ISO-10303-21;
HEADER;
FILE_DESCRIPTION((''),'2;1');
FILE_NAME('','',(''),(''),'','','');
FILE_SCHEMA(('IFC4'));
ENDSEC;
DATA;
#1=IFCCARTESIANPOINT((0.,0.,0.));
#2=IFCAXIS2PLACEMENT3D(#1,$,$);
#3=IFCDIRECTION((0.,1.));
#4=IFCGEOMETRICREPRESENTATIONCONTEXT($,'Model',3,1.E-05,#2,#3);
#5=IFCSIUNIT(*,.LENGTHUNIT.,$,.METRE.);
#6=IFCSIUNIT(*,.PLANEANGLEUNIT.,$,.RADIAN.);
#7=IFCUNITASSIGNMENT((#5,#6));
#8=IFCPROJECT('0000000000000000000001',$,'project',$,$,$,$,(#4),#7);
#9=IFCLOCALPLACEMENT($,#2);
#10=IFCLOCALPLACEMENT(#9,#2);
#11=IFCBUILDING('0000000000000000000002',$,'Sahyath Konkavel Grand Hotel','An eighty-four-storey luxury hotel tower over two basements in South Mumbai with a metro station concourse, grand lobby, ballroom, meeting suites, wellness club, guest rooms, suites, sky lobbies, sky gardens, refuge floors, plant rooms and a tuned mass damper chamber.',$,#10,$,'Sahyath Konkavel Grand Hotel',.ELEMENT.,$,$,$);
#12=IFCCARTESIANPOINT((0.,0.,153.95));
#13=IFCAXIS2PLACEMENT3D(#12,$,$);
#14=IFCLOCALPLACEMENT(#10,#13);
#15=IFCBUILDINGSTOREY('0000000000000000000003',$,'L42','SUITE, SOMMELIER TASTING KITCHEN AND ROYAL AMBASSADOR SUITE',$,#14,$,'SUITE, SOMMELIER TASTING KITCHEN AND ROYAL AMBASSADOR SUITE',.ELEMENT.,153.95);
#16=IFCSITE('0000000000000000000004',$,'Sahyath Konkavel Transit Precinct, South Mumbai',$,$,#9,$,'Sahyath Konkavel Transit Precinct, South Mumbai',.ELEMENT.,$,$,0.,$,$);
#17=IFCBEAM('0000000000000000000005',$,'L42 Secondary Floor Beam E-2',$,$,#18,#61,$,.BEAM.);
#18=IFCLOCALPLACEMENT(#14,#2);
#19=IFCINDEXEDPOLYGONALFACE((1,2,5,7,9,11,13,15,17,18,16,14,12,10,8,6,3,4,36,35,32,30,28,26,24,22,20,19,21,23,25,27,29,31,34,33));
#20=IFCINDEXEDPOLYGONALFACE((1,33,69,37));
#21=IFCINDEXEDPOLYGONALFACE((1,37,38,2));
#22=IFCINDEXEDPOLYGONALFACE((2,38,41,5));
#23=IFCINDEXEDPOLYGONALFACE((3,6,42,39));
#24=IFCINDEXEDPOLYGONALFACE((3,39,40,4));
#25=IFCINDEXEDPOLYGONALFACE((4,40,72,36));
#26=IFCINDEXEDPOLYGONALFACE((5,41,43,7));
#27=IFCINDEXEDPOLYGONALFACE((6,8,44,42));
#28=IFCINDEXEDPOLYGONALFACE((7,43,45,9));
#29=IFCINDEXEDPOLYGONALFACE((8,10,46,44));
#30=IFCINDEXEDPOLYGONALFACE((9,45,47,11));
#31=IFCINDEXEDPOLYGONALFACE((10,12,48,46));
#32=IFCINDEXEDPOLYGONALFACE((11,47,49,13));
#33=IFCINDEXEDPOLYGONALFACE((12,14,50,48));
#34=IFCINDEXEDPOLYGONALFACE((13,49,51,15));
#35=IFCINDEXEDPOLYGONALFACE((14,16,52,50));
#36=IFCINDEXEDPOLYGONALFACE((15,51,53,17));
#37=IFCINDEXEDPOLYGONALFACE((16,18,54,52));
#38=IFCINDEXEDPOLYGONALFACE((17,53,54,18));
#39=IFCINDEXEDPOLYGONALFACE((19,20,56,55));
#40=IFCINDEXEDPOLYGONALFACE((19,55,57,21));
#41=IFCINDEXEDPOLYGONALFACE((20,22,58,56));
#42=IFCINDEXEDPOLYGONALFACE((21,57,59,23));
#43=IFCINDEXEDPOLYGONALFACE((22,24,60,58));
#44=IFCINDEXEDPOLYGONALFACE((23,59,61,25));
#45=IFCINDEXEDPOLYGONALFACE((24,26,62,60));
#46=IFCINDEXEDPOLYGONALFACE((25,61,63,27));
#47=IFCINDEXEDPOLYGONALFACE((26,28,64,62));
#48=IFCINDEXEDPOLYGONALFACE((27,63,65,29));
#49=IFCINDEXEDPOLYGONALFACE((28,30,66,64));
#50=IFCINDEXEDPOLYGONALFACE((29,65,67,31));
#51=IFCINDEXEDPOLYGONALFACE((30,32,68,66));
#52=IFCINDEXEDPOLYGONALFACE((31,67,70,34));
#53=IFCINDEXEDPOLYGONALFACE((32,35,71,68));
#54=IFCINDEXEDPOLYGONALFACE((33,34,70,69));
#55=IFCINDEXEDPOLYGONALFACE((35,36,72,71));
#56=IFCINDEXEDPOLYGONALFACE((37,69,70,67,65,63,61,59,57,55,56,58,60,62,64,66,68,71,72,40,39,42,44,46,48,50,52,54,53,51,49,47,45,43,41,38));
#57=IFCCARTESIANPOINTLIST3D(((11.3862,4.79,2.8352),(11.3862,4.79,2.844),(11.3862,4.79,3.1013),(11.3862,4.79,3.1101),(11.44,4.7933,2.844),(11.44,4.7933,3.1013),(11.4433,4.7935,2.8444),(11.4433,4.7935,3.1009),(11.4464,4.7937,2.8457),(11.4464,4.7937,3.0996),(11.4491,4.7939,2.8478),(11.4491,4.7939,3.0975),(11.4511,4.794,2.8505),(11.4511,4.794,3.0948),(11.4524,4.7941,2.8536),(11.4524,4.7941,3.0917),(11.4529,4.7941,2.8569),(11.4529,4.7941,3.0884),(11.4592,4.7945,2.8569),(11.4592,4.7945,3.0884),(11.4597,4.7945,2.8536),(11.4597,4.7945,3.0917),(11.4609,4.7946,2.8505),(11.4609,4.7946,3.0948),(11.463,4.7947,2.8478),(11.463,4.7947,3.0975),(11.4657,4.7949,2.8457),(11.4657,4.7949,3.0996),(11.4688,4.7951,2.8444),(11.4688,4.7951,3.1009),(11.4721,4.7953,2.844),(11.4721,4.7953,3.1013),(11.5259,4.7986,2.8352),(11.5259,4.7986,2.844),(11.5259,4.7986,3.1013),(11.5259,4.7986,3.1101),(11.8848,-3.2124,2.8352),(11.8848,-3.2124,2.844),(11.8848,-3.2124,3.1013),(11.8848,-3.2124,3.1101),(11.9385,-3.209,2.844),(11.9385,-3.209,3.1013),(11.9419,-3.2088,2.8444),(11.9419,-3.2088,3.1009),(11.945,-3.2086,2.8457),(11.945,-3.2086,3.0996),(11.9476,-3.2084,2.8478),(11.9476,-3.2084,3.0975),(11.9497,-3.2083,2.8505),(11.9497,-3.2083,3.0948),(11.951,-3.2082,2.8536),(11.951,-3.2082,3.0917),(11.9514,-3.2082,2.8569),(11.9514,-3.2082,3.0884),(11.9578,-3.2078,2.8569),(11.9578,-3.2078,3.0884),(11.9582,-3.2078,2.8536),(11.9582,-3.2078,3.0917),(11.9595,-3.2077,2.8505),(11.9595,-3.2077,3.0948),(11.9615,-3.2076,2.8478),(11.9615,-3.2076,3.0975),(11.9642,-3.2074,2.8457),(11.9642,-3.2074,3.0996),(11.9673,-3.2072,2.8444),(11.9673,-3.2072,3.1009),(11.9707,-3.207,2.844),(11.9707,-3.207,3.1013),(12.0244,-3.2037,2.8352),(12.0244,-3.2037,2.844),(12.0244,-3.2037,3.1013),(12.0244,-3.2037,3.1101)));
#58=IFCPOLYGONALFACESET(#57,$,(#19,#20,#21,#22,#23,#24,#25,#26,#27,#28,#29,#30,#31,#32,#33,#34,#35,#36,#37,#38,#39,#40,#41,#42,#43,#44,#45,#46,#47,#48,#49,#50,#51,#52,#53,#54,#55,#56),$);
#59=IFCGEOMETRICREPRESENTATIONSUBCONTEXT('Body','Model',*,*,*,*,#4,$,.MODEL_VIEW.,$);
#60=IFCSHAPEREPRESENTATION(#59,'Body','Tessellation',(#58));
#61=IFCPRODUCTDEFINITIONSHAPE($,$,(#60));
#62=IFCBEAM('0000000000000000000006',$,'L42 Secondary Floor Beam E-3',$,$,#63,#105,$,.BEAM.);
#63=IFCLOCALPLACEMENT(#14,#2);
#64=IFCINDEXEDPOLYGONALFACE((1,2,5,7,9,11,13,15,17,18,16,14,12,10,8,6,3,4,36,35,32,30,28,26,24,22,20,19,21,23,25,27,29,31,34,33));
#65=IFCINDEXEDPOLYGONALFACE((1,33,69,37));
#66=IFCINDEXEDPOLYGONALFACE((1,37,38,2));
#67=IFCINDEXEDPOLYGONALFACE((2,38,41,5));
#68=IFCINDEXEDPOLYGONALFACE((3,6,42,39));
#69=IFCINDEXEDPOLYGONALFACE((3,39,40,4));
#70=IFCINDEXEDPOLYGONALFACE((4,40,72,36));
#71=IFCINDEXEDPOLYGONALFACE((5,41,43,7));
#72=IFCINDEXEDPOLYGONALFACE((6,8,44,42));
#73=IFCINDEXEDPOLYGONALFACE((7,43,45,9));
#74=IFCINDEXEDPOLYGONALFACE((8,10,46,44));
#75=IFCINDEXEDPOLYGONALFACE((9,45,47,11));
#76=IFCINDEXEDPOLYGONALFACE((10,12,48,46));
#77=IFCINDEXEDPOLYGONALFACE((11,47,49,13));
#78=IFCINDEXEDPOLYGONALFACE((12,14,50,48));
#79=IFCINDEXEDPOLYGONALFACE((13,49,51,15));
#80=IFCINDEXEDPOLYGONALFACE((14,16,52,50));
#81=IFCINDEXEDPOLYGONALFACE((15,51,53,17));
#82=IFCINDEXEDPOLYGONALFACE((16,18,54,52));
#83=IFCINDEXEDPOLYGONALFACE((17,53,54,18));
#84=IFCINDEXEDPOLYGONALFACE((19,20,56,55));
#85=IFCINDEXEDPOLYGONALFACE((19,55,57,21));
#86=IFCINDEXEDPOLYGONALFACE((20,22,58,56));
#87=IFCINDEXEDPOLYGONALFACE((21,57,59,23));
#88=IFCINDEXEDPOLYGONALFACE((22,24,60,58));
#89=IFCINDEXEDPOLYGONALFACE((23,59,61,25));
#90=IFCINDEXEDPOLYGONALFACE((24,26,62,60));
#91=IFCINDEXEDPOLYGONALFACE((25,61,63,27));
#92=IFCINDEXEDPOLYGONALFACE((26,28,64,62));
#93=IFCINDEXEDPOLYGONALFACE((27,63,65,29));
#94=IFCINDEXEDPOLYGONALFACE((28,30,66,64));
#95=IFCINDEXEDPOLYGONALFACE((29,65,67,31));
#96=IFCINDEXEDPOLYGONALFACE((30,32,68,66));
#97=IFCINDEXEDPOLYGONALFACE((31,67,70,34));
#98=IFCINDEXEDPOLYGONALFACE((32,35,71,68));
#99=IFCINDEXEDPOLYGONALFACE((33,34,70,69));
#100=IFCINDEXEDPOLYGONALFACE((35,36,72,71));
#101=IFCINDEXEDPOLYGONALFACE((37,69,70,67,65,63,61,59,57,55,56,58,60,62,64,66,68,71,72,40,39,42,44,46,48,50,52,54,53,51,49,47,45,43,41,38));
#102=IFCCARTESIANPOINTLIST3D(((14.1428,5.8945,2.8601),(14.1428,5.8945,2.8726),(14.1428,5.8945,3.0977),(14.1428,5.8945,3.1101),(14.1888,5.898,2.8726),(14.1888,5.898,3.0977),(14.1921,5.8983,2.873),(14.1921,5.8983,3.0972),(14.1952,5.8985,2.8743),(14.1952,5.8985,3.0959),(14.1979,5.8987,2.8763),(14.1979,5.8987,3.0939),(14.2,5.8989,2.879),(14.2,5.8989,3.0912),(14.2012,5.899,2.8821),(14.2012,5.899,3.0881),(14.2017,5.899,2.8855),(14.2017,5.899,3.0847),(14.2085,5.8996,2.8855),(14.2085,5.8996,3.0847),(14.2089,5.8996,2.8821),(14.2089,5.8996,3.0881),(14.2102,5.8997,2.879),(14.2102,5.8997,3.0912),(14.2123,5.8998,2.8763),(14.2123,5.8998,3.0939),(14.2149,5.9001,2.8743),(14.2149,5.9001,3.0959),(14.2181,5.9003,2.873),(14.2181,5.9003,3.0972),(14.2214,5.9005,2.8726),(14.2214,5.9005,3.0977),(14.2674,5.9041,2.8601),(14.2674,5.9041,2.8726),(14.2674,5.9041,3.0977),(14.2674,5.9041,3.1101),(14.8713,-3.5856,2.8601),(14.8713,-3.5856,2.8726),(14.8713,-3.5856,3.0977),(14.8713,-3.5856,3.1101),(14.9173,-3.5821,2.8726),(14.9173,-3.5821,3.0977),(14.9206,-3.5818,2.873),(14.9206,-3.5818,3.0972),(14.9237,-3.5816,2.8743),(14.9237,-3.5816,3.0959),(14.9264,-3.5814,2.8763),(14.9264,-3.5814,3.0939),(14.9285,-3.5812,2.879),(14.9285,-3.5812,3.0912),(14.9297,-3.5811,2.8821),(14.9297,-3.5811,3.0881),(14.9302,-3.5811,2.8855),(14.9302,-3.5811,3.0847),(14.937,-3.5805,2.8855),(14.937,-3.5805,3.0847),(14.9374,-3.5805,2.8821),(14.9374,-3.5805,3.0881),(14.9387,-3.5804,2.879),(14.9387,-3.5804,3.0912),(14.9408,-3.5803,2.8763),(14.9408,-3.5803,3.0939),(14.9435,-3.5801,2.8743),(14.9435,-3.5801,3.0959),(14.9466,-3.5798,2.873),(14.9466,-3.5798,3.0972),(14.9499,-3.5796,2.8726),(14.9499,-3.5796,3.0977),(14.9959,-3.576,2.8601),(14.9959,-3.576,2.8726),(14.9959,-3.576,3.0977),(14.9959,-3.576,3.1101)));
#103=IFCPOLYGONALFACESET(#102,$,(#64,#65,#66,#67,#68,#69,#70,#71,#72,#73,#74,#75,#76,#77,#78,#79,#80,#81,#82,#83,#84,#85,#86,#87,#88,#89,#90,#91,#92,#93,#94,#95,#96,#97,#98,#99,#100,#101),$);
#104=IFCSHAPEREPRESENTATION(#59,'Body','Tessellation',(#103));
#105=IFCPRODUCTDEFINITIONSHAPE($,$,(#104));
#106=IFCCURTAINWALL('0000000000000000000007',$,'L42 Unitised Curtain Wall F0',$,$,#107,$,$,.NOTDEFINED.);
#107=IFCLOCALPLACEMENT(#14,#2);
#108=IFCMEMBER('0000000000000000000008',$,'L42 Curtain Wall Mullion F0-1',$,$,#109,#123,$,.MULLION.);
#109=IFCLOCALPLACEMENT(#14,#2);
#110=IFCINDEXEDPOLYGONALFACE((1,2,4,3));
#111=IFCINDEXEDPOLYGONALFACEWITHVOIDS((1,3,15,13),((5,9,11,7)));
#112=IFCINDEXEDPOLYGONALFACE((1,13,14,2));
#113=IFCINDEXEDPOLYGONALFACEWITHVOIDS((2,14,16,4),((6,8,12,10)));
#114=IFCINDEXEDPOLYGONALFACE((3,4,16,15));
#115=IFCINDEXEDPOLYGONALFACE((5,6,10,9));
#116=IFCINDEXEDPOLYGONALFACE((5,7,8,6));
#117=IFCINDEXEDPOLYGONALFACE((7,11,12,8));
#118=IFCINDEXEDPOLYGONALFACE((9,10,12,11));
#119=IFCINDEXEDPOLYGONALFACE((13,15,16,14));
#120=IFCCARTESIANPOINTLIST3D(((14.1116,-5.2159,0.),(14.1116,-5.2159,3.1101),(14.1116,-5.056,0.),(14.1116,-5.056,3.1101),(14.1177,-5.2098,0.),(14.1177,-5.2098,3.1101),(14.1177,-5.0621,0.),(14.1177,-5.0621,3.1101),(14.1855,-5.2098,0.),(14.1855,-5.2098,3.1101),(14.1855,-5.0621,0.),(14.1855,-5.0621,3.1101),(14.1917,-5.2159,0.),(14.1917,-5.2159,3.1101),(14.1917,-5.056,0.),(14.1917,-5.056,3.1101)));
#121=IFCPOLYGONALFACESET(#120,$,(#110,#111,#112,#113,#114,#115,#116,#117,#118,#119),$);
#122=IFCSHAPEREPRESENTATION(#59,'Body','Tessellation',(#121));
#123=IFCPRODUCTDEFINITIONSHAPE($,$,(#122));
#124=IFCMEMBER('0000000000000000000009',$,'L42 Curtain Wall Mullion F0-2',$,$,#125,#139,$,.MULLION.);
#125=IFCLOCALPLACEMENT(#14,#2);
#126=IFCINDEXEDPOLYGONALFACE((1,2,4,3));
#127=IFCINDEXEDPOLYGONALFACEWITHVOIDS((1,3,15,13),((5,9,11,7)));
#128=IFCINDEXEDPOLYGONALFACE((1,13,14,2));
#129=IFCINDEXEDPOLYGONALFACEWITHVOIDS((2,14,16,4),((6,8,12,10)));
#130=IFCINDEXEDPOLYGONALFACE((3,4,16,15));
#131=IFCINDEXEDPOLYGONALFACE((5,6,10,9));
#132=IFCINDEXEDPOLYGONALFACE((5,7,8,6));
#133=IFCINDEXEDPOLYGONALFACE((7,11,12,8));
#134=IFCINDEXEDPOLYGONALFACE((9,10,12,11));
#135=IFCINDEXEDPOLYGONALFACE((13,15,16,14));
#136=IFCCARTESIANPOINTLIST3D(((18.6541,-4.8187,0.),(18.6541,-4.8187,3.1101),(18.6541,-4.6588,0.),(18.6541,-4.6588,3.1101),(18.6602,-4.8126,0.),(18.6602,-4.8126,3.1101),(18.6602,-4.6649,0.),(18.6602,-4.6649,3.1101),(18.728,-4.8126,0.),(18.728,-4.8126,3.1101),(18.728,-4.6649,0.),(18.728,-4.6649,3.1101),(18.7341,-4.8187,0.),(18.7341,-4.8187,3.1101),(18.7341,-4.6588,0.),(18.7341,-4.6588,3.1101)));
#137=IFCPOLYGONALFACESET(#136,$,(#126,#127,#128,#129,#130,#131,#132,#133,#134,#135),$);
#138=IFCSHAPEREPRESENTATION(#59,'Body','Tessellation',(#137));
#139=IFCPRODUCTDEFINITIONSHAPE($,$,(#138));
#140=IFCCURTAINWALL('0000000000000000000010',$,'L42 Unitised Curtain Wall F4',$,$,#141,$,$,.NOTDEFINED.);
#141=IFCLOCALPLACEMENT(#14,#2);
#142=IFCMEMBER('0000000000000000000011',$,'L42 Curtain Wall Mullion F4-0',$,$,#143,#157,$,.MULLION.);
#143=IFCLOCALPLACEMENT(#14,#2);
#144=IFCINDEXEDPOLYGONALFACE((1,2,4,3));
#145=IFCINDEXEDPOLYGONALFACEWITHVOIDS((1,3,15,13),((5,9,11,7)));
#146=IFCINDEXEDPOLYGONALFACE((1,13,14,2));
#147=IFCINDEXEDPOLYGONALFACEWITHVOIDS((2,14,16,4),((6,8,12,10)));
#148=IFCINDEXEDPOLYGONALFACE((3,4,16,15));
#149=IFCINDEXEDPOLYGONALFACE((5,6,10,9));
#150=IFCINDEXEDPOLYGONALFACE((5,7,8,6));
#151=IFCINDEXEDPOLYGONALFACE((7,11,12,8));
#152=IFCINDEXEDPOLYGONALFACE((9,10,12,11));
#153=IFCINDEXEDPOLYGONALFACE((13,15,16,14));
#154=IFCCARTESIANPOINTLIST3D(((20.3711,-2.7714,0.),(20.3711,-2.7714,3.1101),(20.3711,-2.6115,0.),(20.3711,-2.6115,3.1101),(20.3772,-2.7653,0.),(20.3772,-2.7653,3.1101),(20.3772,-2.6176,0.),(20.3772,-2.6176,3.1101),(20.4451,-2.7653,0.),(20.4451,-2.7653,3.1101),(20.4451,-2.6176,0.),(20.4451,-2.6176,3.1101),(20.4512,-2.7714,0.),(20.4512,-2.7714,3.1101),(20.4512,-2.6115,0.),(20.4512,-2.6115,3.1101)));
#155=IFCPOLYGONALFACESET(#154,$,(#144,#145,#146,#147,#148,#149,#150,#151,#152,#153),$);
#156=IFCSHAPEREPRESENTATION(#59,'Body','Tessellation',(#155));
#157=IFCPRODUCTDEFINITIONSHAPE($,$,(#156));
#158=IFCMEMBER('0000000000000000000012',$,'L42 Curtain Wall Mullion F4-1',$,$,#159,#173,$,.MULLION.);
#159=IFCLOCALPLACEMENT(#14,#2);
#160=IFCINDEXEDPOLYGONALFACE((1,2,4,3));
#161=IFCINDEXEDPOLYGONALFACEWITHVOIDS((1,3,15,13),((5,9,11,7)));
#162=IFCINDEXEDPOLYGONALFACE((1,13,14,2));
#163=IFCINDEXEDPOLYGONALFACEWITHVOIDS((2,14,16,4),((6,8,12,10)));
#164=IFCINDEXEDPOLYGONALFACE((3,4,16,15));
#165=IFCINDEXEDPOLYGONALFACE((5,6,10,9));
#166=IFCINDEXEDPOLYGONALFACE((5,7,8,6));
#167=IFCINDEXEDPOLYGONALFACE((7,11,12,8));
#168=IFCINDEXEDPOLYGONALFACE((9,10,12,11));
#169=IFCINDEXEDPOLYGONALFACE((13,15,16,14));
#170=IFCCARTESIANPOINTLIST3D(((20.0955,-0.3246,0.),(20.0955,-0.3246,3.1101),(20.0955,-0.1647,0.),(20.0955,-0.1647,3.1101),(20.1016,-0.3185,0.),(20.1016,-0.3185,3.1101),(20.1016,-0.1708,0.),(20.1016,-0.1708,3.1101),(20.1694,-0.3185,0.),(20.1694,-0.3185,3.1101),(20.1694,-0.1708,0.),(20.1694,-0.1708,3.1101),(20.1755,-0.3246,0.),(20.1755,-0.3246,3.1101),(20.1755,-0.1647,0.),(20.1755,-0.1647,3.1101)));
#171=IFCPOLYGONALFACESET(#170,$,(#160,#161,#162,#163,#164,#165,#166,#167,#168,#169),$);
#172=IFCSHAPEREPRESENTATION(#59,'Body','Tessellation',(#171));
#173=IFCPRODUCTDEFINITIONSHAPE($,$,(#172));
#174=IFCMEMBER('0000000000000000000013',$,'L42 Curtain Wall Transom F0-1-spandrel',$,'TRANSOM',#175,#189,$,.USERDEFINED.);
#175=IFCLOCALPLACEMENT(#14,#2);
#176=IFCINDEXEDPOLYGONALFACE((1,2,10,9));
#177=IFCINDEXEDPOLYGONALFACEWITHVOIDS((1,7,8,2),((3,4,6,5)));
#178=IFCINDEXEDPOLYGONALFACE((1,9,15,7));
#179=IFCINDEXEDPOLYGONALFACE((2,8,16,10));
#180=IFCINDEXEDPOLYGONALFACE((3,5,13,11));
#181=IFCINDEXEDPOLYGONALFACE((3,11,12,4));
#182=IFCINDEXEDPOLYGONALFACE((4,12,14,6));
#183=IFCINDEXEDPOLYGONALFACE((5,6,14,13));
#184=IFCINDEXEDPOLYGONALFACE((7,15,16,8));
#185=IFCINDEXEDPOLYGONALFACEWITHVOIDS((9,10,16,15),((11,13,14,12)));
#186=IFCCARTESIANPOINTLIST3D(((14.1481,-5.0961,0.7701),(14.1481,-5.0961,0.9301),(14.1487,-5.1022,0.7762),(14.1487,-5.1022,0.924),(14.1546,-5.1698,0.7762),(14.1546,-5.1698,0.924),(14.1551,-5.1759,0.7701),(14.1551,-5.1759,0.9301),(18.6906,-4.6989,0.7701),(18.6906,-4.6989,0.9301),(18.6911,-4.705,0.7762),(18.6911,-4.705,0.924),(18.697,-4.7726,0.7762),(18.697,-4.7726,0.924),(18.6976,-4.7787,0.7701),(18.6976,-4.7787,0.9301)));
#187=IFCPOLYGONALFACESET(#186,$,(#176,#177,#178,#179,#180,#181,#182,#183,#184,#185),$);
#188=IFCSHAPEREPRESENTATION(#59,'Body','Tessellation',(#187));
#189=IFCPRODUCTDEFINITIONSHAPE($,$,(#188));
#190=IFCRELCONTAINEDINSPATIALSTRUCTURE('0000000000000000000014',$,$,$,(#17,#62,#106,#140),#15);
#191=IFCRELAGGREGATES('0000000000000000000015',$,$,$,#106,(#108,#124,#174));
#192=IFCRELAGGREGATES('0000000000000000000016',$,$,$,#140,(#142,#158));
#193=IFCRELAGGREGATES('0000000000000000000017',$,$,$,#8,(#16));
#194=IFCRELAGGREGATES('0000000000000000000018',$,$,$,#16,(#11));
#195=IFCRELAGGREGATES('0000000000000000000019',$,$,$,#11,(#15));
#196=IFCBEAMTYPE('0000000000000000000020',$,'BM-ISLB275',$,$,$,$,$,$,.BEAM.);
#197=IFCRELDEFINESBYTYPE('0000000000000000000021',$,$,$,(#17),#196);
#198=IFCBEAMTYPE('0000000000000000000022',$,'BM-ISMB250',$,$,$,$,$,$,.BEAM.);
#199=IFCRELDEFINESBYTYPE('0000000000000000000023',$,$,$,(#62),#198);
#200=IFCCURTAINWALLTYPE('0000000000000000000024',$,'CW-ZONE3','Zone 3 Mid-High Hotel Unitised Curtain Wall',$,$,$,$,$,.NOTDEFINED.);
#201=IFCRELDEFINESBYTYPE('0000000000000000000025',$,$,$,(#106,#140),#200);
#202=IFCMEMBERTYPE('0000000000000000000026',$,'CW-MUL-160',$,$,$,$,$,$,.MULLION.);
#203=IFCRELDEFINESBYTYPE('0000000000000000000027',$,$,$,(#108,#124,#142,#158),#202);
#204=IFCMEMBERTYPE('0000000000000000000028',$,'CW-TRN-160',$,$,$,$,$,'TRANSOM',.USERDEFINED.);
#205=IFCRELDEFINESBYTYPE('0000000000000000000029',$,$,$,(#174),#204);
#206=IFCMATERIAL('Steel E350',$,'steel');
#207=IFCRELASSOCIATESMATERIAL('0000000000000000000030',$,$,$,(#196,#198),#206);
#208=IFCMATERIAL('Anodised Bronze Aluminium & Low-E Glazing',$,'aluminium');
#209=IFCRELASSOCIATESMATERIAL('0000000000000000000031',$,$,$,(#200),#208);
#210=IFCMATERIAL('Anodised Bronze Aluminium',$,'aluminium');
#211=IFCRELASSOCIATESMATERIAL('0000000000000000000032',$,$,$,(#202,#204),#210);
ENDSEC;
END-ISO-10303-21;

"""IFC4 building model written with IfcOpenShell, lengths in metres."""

from ifc_helpers import new_model, si_unit, direction, frame, origin, origin_2d, place, context, subcontext, project, spatial, hollow_rectangle, i_section, extrude, source, transform, mapped, material, material_profile, profile_set, type_object, element, aggregate, save


model = new_model("IFC4")

# Units and contexts
model_context = context("Model", 3, precision=1e-05, world=origin(), true_north=direction((0.0, 1.0)))
body_context = subcontext(model_context, "Body", "Model", "MODEL_VIEW")
ifc_project = project(units=[si_unit("LENGTHUNIT", "METRE"), si_unit("PLANEANGLEUNIT", "RADIAN")], contexts=[model_context])

# Site, building, storey
site_placement = place(None, origin())
site = spatial("IfcSite", under=ifc_project, at=site_placement, Name="Sahyath Konkavel Transit Precinct, South Mumbai", LongName="Sahyath Konkavel Transit Precinct, South Mumbai", CompositionType="ELEMENT", RefElevation=0.0)
building_placement = place(site_placement, origin())
building = spatial("IfcBuilding", under=site, at=building_placement, Name="Sahyath Konkavel Grand Hotel", Description="An eighty-four-storey luxury hotel tower over two basements in South Mumbai with a metro station concourse, grand lobby, ballroom, meeting suites, wellness club, guest rooms, suites, sky lobbies, sky gardens, refuge floors, plant rooms and a tuned mass damper chamber.", LongName="Sahyath Konkavel Grand Hotel", CompositionType="ELEMENT")
storey_placement = place(building_placement, frame((0.0, 0.0, 153.95)))
storey = spatial("IfcBuildingStorey", under=building, at=storey_placement, Name="L42", Description="SUITE, SOMMELIER TASTING KITCHEN AND ROYAL AMBASSADOR SUITE", LongName="SUITE, SOMMELIER TASTING KITCHEN AND ROYAL AMBASSADOR SUITE", CompositionType="ELEMENT", Elevation=153.95)

# Beams
ifc_material_1 = material(Name="Steel E350", Category="steel")
ifc_material_profile_1 = material_profile(ifc_material_1, i_section(OverallWidth=0.1399, OverallDepth=0.2749, WebThickness=0.0063, FlangeThickness=0.0088, FilletRadius=0.0129, at=origin_2d()), Name="ISLB 275")
ifc_profile_set_1 = profile_set([ifc_material_profile_1], Name="Steel E350")
beam_type_1 = type_object("IfcBeamType", Name="BM-ISLB275", PredefinedType="BEAM", material=ifc_profile_set_1)
shared_shape_1 = source(origin(), body_context, "Body", "SweptSolid", [
    extrude(i_section(OverallWidth=0.1399, OverallDepth=0.2749, WebThickness=0.0063, FlangeThickness=0.0088, FilletRadius=0.0129, at=origin_2d()), origin(), (0.0, 0.0, 1.0), 8.0178),
])
beam_1_placement = place(storey_placement, frame((11.9546, -3.208, 2.9727), z_axis=(-0.062179, 0.998065, 0.0), x_axis=(-0.998065, -0.062179, 0.0)))
element("IfcBeam", 1, at=beam_1_placement, inside=storey, type_object=beam_type_1, Name="L42 Secondary Floor Beam E-2", PredefinedType="BEAM", context=body_context, shape_type="MappedRepresentation", body=[
    mapped(shared_shape_1, transform((0.0, 0.0, 0.0), scale=1.0)),
])
ifc_material_profile_2 = material_profile(ifc_material_1, i_section(OverallWidth=0.125, OverallDepth=0.25, WebThickness=0.0068, FlangeThickness=0.0125, FilletRadius=0.0129, at=origin_2d()), Name="ISMB 250")
ifc_profile_set_2 = profile_set([ifc_material_profile_2], Name="Steel E350")
beam_type_2 = type_object("IfcBeamType", Name="BM-ISMB250", PredefinedType="BEAM", material=ifc_profile_set_2)
shared_shape_2 = source(origin(), body_context, "Body", "SweptSolid", [
    extrude(i_section(OverallWidth=0.125, OverallDepth=0.25, WebThickness=0.0068, FlangeThickness=0.0125, FilletRadius=0.0129, at=origin_2d()), origin(), (0.0, 0.0, 1.0), 9.5081),
])
beam_2_placement = place(storey_placement, frame((14.9336, -3.5808, 2.9851), z_axis=(-0.07662, 0.99706, 0.0), x_axis=(-0.99706, -0.07662, 0.0)))
element("IfcBeam", 2, at=beam_2_placement, inside=storey, type_object=beam_type_2, Name="L42 Secondary Floor Beam E-3", PredefinedType="BEAM", context=body_context, shape_type="MappedRepresentation", body=[
    mapped(shared_shape_2, transform((0.0, 0.0, 0.0), scale=1.0)),
])

# Curtain walls, members
ifc_material_2 = material(Name="Anodised Bronze Aluminium & Low-E Glazing", Category="aluminium")
curtain_wall_type = type_object("IfcCurtainWallType", Name="CW-ZONE3", Description="Zone 3 Mid-High Hotel Unitised Curtain Wall", PredefinedType="NOTDEFINED", material=ifc_material_2)
curtain_wall_1_placement = place(storey_placement, origin())
curtain_wall_1 = element("IfcCurtainWall", 3, at=curtain_wall_1_placement, inside=storey, type_object=curtain_wall_type, Name="L42 Unitised Curtain Wall F0", PredefinedType="NOTDEFINED")
ifc_material_3 = material(Name="Anodised Bronze Aluminium", Category="aluminium")
ifc_material_profile_3 = material_profile(ifc_material_3, hollow_rectangle(XDim=0.0801, YDim=0.1599, WallThickness=0.0061, at=origin_2d()), Name="RHS 160x80x6")
ifc_profile_set_3 = profile_set([ifc_material_profile_3], Name="Anodised Bronze Aluminium")
member_type_1 = type_object("IfcMemberType", Name="CW-MUL-160", PredefinedType="MULLION", material=ifc_profile_set_3)
shared_shape_3 = source(origin(), body_context, "Body", "SweptSolid", [
    extrude(hollow_rectangle(XDim=0.0801, YDim=0.1599, WallThickness=0.0061, at=origin_2d()), origin(), (0.0, 0.0, 1.0), 3.1101),
])
member_1_placement = place(storey_placement, frame((14.1516, -5.136, 0.0), z_axis=(0.0, 0.0, 1.0), x_axis=(1.0, 0.0, 0.0)))
member_1 = element("IfcMember", 4, at=member_1_placement, type_object=member_type_1, Name="L42 Curtain Wall Mullion F0-1", PredefinedType="MULLION", context=body_context, shape_type="MappedRepresentation", body=[
    mapped(shared_shape_3, transform((0.0, 0.0, 0.0), scale=1.0)),
])
member_2_placement = place(storey_placement, frame((18.6941, -4.7388, 0.0), z_axis=(0.0, 0.0, 1.0), x_axis=(1.0, 0.0, 0.0)))
member_2 = element("IfcMember", 5, at=member_2_placement, type_object=member_type_1, Name="L42 Curtain Wall Mullion F0-2", PredefinedType="MULLION", context=body_context, shape_type="MappedRepresentation", body=[
    mapped(shared_shape_3, transform((0.0, 0.0, 0.0), scale=1.0)),
])
curtain_wall_2_placement = place(storey_placement, origin())
curtain_wall_2 = element("IfcCurtainWall", 6, at=curtain_wall_2_placement, inside=storey, type_object=curtain_wall_type, Name="L42 Unitised Curtain Wall F4", PredefinedType="NOTDEFINED")
member_3_placement = place(storey_placement, frame((20.4111, -2.6914, 0.0), z_axis=(0.0, 0.0, 1.0), x_axis=(1.0, 0.0, 0.0)))
member_3 = element("IfcMember", 7, at=member_3_placement, type_object=member_type_1, Name="L42 Curtain Wall Mullion F4-0", PredefinedType="MULLION", context=body_context, shape_type="MappedRepresentation", body=[
    mapped(shared_shape_3, transform((0.0, 0.0, 0.0), scale=1.0)),
])
member_4_placement = place(storey_placement, frame((20.1355, -0.2446, 0.0), z_axis=(0.0, 0.0, 1.0), x_axis=(1.0, 0.0, 0.0)))
member_4 = element("IfcMember", 8, at=member_4_placement, type_object=member_type_1, Name="L42 Curtain Wall Mullion F4-1", PredefinedType="MULLION", context=body_context, shape_type="MappedRepresentation", body=[
    mapped(shared_shape_3, transform((0.0, 0.0, 0.0), scale=1.0)),
])

# Member
ifc_material_profile_4 = material_profile(ifc_material_3, hollow_rectangle(XDim=0.0801, YDim=0.1599, WallThickness=0.0061, at=origin_2d()), Name="RHS 160x80x6")
ifc_profile_set_4 = profile_set([ifc_material_profile_4], Name="Anodised Bronze Aluminium")
member_type_2 = type_object("IfcMemberType", Name="CW-TRN-160", ElementType="TRANSOM", PredefinedType="USERDEFINED", material=ifc_profile_set_4)
shared_shape_4 = source(origin(), body_context, "Body", "SweptSolid", [
    extrude(hollow_rectangle(XDim=0.0801, YDim=0.1599, WallThickness=0.0061, at=origin_2d()), origin(), (0.0, 0.0, 1.0), 4.5598),
])
member_5_placement = place(storey_placement, frame((14.1516, -5.136, 0.8501), z_axis=(0.996198, 0.087112, 0.0), x_axis=(-0.087112, 0.996198, 0.0)))
member_5 = element("IfcMember", 9, at=member_5_placement, type_object=member_type_2, Name="L42 Curtain Wall Transom F0-1-spandrel", ObjectType="TRANSOM", PredefinedType="USERDEFINED", context=body_context, shape_type="MappedRepresentation", body=[
    mapped(shared_shape_4, transform((0.0, 0.0, 0.0), scale=1.0)),
])

aggregate(curtain_wall_1, [member_1, member_2, member_5])
aggregate(curtain_wall_2, [member_3, member_4])

save(model, "model.ifc")
